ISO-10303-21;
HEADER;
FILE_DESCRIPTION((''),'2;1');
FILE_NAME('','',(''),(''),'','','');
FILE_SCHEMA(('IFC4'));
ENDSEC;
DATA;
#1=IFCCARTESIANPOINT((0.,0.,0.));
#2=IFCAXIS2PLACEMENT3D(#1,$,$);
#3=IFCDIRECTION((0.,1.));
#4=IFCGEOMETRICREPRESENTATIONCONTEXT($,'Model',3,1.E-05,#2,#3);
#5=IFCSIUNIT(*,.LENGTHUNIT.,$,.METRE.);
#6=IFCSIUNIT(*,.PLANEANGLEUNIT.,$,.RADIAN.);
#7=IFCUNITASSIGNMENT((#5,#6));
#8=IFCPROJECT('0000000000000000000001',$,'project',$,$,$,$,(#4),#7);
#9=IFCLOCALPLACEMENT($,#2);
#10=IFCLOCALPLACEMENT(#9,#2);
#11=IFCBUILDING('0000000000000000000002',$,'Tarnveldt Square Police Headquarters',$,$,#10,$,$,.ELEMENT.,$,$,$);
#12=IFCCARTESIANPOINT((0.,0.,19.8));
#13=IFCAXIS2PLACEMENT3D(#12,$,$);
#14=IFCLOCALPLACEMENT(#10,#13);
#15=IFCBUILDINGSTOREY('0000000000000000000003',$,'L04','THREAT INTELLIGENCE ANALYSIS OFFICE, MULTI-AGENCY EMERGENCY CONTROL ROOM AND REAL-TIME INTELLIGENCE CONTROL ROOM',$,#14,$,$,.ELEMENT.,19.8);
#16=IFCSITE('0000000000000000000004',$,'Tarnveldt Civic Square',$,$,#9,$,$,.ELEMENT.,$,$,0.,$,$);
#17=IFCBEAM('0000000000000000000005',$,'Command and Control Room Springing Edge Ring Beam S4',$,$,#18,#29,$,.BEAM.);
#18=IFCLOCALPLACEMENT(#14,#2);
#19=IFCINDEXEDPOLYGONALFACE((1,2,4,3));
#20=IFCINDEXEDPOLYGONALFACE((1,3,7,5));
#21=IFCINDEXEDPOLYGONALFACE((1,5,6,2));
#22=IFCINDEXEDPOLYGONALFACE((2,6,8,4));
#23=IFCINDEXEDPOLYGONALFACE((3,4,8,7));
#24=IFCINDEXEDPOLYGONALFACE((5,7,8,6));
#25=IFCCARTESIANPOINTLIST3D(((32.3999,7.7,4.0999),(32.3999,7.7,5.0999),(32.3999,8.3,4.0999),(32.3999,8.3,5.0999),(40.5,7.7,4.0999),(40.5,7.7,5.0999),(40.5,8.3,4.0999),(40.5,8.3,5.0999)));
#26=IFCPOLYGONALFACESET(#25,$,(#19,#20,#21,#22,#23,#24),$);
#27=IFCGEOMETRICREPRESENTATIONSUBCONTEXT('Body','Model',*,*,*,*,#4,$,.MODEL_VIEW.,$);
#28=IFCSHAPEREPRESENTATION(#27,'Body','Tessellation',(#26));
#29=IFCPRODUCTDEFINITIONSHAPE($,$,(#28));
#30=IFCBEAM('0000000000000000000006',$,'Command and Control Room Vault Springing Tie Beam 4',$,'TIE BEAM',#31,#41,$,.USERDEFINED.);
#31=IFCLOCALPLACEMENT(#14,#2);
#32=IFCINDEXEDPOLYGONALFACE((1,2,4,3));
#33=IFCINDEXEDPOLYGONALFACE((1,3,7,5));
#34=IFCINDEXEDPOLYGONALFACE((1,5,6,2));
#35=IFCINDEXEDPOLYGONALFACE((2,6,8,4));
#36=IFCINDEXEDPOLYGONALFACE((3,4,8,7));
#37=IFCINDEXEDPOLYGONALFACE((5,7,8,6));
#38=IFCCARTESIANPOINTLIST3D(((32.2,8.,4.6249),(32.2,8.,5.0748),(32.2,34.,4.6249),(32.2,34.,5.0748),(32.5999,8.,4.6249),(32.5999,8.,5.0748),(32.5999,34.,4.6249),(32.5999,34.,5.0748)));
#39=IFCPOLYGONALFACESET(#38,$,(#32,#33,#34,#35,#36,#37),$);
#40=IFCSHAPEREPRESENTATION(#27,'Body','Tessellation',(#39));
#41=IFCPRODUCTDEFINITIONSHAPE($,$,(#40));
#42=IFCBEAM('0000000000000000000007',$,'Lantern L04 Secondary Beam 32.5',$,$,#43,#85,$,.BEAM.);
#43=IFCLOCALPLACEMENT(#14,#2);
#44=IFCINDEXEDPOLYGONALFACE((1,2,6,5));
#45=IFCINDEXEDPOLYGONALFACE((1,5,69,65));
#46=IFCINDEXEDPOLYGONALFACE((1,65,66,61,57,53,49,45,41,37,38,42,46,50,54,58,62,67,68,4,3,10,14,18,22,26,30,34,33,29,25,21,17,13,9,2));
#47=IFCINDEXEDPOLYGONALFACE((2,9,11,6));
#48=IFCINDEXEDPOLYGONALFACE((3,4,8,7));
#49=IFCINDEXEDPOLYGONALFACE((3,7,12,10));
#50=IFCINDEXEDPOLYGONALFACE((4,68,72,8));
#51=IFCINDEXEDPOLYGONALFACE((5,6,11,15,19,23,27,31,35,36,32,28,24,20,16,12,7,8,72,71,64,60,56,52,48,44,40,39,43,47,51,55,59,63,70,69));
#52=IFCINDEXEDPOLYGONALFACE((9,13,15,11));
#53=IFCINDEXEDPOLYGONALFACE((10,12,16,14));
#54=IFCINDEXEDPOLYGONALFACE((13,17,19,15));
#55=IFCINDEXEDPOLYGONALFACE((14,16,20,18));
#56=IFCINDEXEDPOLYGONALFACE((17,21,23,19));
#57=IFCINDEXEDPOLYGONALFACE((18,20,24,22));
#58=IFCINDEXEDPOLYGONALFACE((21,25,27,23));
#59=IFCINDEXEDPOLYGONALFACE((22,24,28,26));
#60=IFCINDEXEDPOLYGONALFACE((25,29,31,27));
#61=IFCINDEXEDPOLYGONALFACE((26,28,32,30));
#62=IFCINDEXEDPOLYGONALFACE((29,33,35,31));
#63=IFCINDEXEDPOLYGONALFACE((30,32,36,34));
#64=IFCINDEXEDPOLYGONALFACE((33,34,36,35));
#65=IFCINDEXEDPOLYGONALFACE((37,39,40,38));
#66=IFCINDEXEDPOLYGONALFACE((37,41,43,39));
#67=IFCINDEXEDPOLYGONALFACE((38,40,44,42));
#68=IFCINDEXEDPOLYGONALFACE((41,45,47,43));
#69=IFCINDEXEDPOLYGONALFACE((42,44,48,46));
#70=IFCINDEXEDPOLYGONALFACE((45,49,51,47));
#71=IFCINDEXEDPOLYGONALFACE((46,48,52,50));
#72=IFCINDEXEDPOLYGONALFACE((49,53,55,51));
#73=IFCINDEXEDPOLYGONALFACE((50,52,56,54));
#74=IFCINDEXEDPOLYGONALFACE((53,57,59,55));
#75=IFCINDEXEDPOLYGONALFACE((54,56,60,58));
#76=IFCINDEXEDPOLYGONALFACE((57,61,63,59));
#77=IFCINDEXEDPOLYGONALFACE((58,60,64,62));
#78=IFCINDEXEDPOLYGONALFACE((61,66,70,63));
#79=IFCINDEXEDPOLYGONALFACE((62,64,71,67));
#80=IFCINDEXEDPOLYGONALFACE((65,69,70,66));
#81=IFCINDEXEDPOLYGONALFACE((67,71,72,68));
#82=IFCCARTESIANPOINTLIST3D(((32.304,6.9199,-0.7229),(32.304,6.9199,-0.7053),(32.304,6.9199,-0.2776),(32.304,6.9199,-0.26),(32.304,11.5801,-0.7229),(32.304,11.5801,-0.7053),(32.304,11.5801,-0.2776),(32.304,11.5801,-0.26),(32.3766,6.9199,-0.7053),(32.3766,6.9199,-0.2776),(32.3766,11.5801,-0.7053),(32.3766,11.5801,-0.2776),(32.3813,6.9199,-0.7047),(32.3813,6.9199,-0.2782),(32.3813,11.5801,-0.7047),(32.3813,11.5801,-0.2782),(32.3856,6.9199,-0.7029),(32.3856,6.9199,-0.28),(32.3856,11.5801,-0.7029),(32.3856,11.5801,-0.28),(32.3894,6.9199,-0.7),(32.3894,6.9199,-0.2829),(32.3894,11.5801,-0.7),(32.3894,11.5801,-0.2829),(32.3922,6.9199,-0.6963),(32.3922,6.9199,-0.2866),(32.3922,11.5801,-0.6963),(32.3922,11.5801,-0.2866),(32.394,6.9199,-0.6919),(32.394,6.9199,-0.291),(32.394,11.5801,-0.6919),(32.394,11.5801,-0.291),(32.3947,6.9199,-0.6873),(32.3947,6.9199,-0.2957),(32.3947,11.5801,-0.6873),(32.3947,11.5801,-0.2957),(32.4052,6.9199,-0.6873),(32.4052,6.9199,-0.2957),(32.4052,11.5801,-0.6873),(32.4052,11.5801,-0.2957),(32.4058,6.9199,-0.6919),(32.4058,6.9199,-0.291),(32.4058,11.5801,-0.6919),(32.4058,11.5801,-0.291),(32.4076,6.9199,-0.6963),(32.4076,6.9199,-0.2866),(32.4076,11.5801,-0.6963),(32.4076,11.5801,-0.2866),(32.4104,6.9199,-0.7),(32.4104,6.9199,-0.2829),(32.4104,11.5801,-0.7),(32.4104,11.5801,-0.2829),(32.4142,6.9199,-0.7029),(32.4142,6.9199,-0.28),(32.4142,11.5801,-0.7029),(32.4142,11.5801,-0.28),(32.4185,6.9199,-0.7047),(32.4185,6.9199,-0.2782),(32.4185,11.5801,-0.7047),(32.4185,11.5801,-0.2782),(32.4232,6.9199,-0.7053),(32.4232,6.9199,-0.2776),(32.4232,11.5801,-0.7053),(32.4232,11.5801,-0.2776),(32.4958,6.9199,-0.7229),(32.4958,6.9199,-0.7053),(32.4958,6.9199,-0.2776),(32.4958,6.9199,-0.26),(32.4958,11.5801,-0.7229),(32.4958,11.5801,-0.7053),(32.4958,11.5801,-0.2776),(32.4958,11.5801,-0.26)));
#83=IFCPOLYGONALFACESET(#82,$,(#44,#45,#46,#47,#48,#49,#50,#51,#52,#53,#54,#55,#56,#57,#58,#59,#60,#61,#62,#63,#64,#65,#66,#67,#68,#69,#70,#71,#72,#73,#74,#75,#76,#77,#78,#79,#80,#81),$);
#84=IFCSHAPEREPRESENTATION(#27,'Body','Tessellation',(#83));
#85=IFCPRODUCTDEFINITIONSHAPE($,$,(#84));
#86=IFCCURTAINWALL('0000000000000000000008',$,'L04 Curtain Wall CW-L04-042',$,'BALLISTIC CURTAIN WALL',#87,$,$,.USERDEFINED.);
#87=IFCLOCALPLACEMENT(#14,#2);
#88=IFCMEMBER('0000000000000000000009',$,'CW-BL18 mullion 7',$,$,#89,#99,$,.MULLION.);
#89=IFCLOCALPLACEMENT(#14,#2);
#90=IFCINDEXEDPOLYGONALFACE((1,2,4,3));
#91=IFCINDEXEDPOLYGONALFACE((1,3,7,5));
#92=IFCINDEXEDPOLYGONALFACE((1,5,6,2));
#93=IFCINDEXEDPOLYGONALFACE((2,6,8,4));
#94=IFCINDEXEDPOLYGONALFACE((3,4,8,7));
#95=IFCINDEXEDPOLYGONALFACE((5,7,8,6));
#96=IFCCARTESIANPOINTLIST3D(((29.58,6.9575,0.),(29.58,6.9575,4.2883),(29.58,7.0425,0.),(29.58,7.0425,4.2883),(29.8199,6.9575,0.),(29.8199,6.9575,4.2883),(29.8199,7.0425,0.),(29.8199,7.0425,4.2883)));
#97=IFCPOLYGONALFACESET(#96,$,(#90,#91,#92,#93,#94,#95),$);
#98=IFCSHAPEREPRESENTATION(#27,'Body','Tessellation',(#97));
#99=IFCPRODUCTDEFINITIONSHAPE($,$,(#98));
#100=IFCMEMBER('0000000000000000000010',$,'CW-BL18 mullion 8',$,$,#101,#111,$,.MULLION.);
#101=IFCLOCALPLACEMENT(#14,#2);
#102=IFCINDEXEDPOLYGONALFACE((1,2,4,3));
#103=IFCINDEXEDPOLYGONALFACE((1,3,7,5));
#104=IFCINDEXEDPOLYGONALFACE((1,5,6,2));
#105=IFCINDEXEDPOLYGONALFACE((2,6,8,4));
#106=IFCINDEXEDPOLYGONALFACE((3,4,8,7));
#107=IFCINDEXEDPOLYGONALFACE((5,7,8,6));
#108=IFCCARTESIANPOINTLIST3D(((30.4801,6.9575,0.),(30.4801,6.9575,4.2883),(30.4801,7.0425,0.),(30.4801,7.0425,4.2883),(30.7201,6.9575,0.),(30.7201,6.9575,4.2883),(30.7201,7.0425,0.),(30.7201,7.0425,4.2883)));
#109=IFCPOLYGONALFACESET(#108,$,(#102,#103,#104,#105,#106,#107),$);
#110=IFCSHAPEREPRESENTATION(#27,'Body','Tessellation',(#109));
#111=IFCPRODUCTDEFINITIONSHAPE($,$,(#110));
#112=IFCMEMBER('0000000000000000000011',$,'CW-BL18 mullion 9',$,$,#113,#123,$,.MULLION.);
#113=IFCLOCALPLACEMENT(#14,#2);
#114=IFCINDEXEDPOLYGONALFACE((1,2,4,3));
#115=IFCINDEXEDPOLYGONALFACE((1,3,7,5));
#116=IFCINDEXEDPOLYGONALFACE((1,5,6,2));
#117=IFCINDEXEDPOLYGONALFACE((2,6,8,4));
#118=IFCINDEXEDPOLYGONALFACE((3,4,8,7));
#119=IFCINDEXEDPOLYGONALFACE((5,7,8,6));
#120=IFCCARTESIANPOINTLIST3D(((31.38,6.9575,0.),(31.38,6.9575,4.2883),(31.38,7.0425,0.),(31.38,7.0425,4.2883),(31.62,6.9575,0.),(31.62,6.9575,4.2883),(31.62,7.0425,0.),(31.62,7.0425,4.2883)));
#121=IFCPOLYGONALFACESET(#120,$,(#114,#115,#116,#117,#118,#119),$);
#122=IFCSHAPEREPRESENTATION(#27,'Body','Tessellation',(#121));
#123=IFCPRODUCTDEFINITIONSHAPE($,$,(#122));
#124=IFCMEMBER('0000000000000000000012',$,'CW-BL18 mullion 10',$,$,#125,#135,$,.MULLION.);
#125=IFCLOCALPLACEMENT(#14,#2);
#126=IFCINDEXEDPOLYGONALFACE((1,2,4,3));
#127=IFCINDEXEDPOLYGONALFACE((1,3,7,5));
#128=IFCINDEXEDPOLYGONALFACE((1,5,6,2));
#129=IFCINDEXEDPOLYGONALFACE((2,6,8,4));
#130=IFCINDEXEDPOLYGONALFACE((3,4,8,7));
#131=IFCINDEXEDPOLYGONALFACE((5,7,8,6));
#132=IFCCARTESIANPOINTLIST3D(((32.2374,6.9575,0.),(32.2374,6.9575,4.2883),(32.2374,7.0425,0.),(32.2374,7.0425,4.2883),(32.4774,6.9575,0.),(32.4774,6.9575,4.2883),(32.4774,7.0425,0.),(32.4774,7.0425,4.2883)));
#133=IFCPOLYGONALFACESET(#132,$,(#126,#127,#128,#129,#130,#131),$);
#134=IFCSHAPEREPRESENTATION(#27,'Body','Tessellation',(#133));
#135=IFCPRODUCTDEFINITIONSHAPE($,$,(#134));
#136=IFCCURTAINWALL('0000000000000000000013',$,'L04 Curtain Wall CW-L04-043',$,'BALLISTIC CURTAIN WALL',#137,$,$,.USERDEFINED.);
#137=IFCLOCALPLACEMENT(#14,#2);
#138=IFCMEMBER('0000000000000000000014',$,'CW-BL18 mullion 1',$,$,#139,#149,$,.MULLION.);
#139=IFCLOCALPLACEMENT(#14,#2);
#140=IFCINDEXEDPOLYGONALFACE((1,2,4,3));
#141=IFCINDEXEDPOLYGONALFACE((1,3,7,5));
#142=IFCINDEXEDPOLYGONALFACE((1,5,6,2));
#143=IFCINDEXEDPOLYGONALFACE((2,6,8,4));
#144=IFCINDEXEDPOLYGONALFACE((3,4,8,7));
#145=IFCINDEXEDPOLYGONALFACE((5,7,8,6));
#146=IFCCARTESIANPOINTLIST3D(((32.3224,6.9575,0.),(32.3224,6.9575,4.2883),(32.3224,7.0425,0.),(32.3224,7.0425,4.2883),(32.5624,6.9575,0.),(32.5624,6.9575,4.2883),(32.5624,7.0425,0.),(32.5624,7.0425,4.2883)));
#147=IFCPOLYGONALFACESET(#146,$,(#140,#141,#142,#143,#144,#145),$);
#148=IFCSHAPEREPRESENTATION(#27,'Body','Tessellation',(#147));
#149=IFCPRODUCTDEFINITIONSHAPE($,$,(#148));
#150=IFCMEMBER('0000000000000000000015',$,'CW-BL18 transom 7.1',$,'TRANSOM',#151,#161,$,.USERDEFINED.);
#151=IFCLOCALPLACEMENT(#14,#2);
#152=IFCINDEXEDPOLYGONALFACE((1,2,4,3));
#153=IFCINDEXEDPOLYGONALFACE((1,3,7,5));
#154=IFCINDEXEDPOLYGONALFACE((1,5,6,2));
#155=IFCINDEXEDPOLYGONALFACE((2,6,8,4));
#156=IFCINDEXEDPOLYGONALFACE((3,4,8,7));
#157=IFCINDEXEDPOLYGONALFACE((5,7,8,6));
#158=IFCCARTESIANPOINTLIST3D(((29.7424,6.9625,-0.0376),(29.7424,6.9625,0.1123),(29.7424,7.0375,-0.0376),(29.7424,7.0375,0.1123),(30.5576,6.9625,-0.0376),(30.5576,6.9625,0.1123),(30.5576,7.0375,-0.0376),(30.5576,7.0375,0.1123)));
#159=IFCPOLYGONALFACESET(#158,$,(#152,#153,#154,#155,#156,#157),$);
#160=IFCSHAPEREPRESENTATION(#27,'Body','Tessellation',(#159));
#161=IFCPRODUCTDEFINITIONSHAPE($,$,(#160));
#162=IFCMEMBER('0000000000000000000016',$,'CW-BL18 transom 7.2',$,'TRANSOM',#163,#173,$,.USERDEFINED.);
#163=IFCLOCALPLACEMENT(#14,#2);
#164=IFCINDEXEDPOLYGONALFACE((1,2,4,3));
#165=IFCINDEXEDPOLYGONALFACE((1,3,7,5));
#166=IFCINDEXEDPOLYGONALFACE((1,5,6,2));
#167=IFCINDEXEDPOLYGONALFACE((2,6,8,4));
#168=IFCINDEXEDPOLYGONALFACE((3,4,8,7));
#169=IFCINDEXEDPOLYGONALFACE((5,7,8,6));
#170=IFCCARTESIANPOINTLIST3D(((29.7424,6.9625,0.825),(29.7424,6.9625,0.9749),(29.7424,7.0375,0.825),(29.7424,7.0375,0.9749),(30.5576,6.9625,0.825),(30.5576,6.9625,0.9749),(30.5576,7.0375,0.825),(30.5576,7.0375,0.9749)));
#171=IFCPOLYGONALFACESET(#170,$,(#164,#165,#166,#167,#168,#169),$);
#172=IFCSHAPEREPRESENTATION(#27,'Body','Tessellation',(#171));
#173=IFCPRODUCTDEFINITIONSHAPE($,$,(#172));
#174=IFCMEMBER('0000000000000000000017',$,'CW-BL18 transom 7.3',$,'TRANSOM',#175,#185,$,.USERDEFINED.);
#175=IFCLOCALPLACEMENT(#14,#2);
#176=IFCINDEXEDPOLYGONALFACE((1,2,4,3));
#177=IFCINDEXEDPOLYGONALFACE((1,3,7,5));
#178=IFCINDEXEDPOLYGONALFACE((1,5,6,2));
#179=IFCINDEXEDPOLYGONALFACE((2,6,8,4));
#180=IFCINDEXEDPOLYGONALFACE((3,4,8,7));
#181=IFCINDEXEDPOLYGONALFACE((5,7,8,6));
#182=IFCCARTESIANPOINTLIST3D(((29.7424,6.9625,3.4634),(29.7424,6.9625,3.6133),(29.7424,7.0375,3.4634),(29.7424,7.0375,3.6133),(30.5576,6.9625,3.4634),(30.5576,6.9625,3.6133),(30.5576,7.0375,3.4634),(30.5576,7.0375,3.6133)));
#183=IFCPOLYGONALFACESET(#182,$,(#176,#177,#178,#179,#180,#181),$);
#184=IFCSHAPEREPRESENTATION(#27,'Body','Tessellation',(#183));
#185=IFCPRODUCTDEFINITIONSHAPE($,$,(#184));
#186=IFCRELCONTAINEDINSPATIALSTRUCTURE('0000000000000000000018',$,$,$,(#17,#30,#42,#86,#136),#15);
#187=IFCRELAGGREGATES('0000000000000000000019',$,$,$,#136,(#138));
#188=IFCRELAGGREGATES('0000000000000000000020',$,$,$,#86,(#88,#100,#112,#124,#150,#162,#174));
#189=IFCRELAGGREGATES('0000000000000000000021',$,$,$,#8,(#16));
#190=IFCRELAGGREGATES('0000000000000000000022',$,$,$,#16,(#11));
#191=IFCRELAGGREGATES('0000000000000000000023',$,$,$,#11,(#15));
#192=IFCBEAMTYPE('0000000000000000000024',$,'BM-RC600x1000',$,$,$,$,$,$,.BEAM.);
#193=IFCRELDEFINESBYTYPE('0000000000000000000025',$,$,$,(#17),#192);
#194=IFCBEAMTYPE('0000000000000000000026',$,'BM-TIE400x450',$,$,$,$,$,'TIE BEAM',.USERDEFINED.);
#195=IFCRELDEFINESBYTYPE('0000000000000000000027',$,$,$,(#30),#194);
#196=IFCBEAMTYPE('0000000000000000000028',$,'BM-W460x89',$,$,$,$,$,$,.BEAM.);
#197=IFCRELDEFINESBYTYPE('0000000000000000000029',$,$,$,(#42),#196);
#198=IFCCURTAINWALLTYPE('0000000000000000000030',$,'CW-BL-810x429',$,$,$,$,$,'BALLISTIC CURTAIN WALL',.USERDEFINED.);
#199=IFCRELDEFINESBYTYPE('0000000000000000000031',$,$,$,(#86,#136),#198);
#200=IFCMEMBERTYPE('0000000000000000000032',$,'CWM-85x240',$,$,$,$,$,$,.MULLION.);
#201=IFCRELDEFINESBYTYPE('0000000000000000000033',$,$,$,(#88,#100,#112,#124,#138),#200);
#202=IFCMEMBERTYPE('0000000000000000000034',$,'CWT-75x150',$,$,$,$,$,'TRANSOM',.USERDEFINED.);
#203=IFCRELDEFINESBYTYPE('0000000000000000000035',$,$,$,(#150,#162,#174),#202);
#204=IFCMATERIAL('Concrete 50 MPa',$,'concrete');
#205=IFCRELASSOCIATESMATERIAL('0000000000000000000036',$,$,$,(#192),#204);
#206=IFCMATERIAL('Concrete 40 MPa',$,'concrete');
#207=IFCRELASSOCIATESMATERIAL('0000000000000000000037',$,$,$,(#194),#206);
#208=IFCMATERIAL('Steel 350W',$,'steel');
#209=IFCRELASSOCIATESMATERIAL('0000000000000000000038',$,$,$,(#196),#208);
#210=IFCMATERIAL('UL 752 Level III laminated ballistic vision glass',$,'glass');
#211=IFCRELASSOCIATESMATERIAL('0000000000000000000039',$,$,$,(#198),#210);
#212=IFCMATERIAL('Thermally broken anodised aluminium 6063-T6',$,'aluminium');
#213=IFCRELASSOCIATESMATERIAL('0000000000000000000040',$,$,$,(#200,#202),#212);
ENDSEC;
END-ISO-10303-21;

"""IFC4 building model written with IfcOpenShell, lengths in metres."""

from ifc_helpers import new_model, si_unit, direction, frame, origin, origin_2d, place, context, subcontext, project, spatial, rectangle, i_section, extrude, material, material_profile, profile_set, type_object, element, aggregate, save


model = new_model("IFC4")

# Units and contexts
model_context = context("Model", 3, precision=1e-05, world=origin(), true_north=direction((0.0, 1.0)))
body_context = subcontext(model_context, "Body", "Model", "MODEL_VIEW")
ifc_project = project(units=[si_unit("LENGTHUNIT", "METRE"), si_unit("PLANEANGLEUNIT", "RADIAN")], contexts=[model_context])

# Site, building, storey
site_placement = place(None, origin())
site = spatial("IfcSite", under=ifc_project, at=site_placement, Name="Tarnveldt Civic Square", CompositionType="ELEMENT", RefElevation=0.0)
building_placement = place(site_placement, origin())
building = spatial("IfcBuilding", under=site, at=building_placement, Name="Tarnveldt Square Police Headquarters", CompositionType="ELEMENT")
storey_placement = place(building_placement, frame((0.0, 0.0, 19.8)))
storey = spatial("IfcBuildingStorey", under=building, at=storey_placement, Name="L04", Description="THREAT INTELLIGENCE ANALYSIS OFFICE, MULTI-AGENCY EMERGENCY CONTROL ROOM AND REAL-TIME INTELLIGENCE CONTROL ROOM", CompositionType="ELEMENT", Elevation=19.8)

# Beams
ifc_material_1 = material(Name="Concrete 50 MPa", Category="concrete")
ifc_material_profile_1 = material_profile(ifc_material_1, rectangle(XDim=0.6001, YDim=1.0, at=origin_2d()), Name="RC-B600x1000")
ifc_profile_set_1 = profile_set([ifc_material_profile_1], Name="Concrete 50 MPa")
beam_type_1 = type_object("IfcBeamType", Name="BM-RC600x1000", PredefinedType="BEAM", material=ifc_profile_set_1)
beam_1_placement = place(storey_placement, frame((32.3999, 8.0, 4.5999), z_axis=(1.0, 0.0, 0.0), x_axis=(0.0, 1.0, 0.0)))
element("IfcBeam", 1, at=beam_1_placement, inside=storey, type_object=beam_type_1, Name="Command and Control Room Springing Edge Ring Beam S4", PredefinedType="BEAM", context=body_context, shape_type="SweptSolid", body=[
    extrude(rectangle(XDim=0.6001, YDim=1.0, at=origin_2d()), origin(), (0.0, 0.0, 1.0), 8.1001),
])
ifc_material_2 = material(Name="Concrete 40 MPa", Category="concrete")
ifc_material_profile_2 = material_profile(ifc_material_2, rectangle(XDim=0.3999, YDim=0.45, at=origin_2d()), Name="RC-TIE400x450")
ifc_profile_set_2 = profile_set([ifc_material_profile_2], Name="Concrete 40 MPa")
beam_type_2 = type_object("IfcBeamType", Name="BM-TIE400x450", ElementType="TIE BEAM", PredefinedType="USERDEFINED", material=ifc_profile_set_2)
beam_2_placement = place(storey_placement, frame((32.3999, 8.0, 4.8499), z_axis=(0.0, 1.0, 0.0), x_axis=(-1.0, 0.0, 0.0)))
element("IfcBeam", 2, at=beam_2_placement, inside=storey, type_object=beam_type_2, Name="Command and Control Room Vault Springing Tie Beam 4", ObjectType="TIE BEAM", PredefinedType="USERDEFINED", context=body_context, shape_type="SweptSolid", body=[
    extrude(rectangle(XDim=0.3999, YDim=0.45, at=origin_2d()), origin(), (0.0, 0.0, 1.0), 26.0),
])
ifc_material_3 = material(Name="Steel 350W", Category="steel")
ifc_material_profile_3 = material_profile(ifc_material_3, i_section(OverallWidth=0.1919, OverallDepth=0.4629, WebThickness=0.0105, FlangeThickness=0.0176, FilletRadius=0.0181, at=origin_2d()), Name="W460x89")
ifc_profile_set_3 = profile_set([ifc_material_profile_3], Name="Steel 350W")
beam_type_3 = type_object("IfcBeamType", Name="BM-W460x89", PredefinedType="BEAM", material=ifc_profile_set_3)
beam_3_placement = place(storey_placement, frame((32.3999, 11.5801, -0.4915), z_axis=(0.0, -1.0, 0.0), x_axis=(1.0, 0.0, 0.0)))
element("IfcBeam", 3, at=beam_3_placement, inside=storey, type_object=beam_type_3, Name="Lantern L04 Secondary Beam 32.5", PredefinedType="BEAM", context=body_context, shape_type="SweptSolid", body=[
    extrude(i_section(OverallWidth=0.1919, OverallDepth=0.4629, WebThickness=0.0105, FlangeThickness=0.0176, FilletRadius=0.0181, at=origin_2d()), origin(), (0.0, 0.0, 1.0), 4.6602),
])

# Curtain wall, members
ifc_material_4 = material(Name="UL 752 Level III laminated ballistic vision glass", Category="glass")
curtain_wall_type = type_object("IfcCurtainWallType", Name="CW-BL-810x429", ElementType="BALLISTIC CURTAIN WALL", PredefinedType="USERDEFINED", material=ifc_material_4)
curtain_wall_1_placement = place(storey_placement, origin())
curtain_wall_1 = element("IfcCurtainWall", 4, at=curtain_wall_1_placement, inside=storey, type_object=curtain_wall_type, Name="L04 Curtain Wall CW-L04-042", ObjectType="BALLISTIC CURTAIN WALL", PredefinedType="USERDEFINED")
ifc_material_5 = material(Name="Thermally broken anodised aluminium 6063-T6", Category="aluminium")
ifc_material_profile_4 = material_profile(ifc_material_5, rectangle(XDim=0.085, YDim=0.24, at=origin_2d()), Name="CW-M85x240")
ifc_profile_set_4 = profile_set([ifc_material_profile_4], Name="Thermally broken anodised aluminium 6063-T6")
member_type_1 = type_object("IfcMemberType", Name="CWM-85x240", PredefinedType="MULLION", material=ifc_profile_set_4)
member_1_placement = place(storey_placement, frame((29.7, 7.0, 0.0), z_axis=(0.0, 0.0, 1.0), x_axis=(0.0, 1.0, 0.0)))
member_1 = element("IfcMember", 5, at=member_1_placement, type_object=member_type_1, Name="CW-BL18 mullion 7", PredefinedType="MULLION", context=body_context, shape_type="SweptSolid", body=[
    extrude(rectangle(XDim=0.085, YDim=0.24, at=origin_2d()), origin(), (0.0, 0.0, 1.0), 4.2883),
])
member_2_placement = place(storey_placement, frame((30.6001, 7.0, 0.0), z_axis=(0.0, 0.0, 1.0), x_axis=(0.0, 1.0, 0.0)))
member_2 = element("IfcMember", 6, at=member_2_placement, type_object=member_type_1, Name="CW-BL18 mullion 8", PredefinedType="MULLION", context=body_context, shape_type="SweptSolid", body=[
    extrude(rectangle(XDim=0.085, YDim=0.24, at=origin_2d()), origin(), (0.0, 0.0, 1.0), 4.2883),
])
member_3_placement = place(storey_placement, frame((31.5, 7.0, 0.0), z_axis=(0.0, 0.0, 1.0), x_axis=(0.0, 1.0, 0.0)))
member_3 = element("IfcMember", 7, at=member_3_placement, type_object=member_type_1, Name="CW-BL18 mullion 9", PredefinedType="MULLION", context=body_context, shape_type="SweptSolid", body=[
    extrude(rectangle(XDim=0.085, YDim=0.24, at=origin_2d()), origin(), (0.0, 0.0, 1.0), 4.2883),
])
member_4_placement = place(storey_placement, frame((32.3574, 7.0, 0.0), z_axis=(0.0, 0.0, 1.0), x_axis=(0.0, 1.0, 0.0)))
member_4 = element("IfcMember", 8, at=member_4_placement, type_object=member_type_1, Name="CW-BL18 mullion 10", PredefinedType="MULLION", context=body_context, shape_type="SweptSolid", body=[
    extrude(rectangle(XDim=0.085, YDim=0.24, at=origin_2d()), origin(), (0.0, 0.0, 1.0), 4.2883),
])

# Curtain wall, member
curtain_wall_2_placement = place(storey_placement, origin())
curtain_wall_2 = element("IfcCurtainWall", 9, at=curtain_wall_2_placement, inside=storey, type_object=curtain_wall_type, Name="L04 Curtain Wall CW-L04-043", ObjectType="BALLISTIC CURTAIN WALL", PredefinedType="USERDEFINED")
member_5_placement = place(storey_placement, frame((32.4424, 7.0, 0.0), z_axis=(0.0, 0.0, 1.0), x_axis=(0.0, 1.0, 0.0)))
member_5 = element("IfcMember", 10, at=member_5_placement, type_object=member_type_1, Name="CW-BL18 mullion 1", PredefinedType="MULLION", context=body_context, shape_type="SweptSolid", body=[
    extrude(rectangle(XDim=0.085, YDim=0.24, at=origin_2d()), origin(), (0.0, 0.0, 1.0), 4.2883),
])

# Members
ifc_material_profile_5 = material_profile(ifc_material_5, rectangle(XDim=0.075, YDim=0.1499, at=origin_2d()), Name="CW-T75x150")
ifc_profile_set_5 = profile_set([ifc_material_profile_5], Name="Thermally broken anodised aluminium 6063-T6")
member_type_2 = type_object("IfcMemberType", Name="CWT-75x150", ElementType="TRANSOM", PredefinedType="USERDEFINED", material=ifc_profile_set_5)
member_6_placement = place(storey_placement, frame((29.7424, 7.0, 0.0374), z_axis=(1.0, 0.0, 0.0), x_axis=(0.0, 1.0, 0.0)))
member_6 = element("IfcMember", 11, at=member_6_placement, type_object=member_type_2, Name="CW-BL18 transom 7.1", ObjectType="TRANSOM", PredefinedType="USERDEFINED", context=body_context, shape_type="SweptSolid", body=[
    extrude(rectangle(XDim=0.075, YDim=0.1499, at=origin_2d()), origin(), (0.0, 0.0, 1.0), 0.8152),
])
member_7_placement = place(storey_placement, frame((29.7424, 7.0, 0.8999), z_axis=(1.0, 0.0, 0.0), x_axis=(0.0, 1.0, 0.0)))
member_7 = element("IfcMember", 12, at=member_7_placement, type_object=member_type_2, Name="CW-BL18 transom 7.2", ObjectType="TRANSOM", PredefinedType="USERDEFINED", context=body_context, shape_type="SweptSolid", body=[
    extrude(rectangle(XDim=0.075, YDim=0.1499, at=origin_2d()), origin(), (0.0, 0.0, 1.0), 0.8152),
])
member_8_placement = place(storey_placement, frame((29.7424, 7.0, 3.5383), z_axis=(1.0, 0.0, 0.0), x_axis=(0.0, 1.0, 0.0)))
member_8 = element("IfcMember", 13, at=member_8_placement, type_object=member_type_2, Name="CW-BL18 transom 7.3", ObjectType="TRANSOM", PredefinedType="USERDEFINED", context=body_context, shape_type="SweptSolid", body=[
    extrude(rectangle(XDim=0.075, YDim=0.1499, at=origin_2d()), origin(), (0.0, 0.0, 1.0), 0.8152),
])
aggregate(curtain_wall_2, [member_5])

aggregate(curtain_wall_1, [member_1, member_2, member_3, member_4, member_6, member_7, member_8])

save(model, "model.ifc")
